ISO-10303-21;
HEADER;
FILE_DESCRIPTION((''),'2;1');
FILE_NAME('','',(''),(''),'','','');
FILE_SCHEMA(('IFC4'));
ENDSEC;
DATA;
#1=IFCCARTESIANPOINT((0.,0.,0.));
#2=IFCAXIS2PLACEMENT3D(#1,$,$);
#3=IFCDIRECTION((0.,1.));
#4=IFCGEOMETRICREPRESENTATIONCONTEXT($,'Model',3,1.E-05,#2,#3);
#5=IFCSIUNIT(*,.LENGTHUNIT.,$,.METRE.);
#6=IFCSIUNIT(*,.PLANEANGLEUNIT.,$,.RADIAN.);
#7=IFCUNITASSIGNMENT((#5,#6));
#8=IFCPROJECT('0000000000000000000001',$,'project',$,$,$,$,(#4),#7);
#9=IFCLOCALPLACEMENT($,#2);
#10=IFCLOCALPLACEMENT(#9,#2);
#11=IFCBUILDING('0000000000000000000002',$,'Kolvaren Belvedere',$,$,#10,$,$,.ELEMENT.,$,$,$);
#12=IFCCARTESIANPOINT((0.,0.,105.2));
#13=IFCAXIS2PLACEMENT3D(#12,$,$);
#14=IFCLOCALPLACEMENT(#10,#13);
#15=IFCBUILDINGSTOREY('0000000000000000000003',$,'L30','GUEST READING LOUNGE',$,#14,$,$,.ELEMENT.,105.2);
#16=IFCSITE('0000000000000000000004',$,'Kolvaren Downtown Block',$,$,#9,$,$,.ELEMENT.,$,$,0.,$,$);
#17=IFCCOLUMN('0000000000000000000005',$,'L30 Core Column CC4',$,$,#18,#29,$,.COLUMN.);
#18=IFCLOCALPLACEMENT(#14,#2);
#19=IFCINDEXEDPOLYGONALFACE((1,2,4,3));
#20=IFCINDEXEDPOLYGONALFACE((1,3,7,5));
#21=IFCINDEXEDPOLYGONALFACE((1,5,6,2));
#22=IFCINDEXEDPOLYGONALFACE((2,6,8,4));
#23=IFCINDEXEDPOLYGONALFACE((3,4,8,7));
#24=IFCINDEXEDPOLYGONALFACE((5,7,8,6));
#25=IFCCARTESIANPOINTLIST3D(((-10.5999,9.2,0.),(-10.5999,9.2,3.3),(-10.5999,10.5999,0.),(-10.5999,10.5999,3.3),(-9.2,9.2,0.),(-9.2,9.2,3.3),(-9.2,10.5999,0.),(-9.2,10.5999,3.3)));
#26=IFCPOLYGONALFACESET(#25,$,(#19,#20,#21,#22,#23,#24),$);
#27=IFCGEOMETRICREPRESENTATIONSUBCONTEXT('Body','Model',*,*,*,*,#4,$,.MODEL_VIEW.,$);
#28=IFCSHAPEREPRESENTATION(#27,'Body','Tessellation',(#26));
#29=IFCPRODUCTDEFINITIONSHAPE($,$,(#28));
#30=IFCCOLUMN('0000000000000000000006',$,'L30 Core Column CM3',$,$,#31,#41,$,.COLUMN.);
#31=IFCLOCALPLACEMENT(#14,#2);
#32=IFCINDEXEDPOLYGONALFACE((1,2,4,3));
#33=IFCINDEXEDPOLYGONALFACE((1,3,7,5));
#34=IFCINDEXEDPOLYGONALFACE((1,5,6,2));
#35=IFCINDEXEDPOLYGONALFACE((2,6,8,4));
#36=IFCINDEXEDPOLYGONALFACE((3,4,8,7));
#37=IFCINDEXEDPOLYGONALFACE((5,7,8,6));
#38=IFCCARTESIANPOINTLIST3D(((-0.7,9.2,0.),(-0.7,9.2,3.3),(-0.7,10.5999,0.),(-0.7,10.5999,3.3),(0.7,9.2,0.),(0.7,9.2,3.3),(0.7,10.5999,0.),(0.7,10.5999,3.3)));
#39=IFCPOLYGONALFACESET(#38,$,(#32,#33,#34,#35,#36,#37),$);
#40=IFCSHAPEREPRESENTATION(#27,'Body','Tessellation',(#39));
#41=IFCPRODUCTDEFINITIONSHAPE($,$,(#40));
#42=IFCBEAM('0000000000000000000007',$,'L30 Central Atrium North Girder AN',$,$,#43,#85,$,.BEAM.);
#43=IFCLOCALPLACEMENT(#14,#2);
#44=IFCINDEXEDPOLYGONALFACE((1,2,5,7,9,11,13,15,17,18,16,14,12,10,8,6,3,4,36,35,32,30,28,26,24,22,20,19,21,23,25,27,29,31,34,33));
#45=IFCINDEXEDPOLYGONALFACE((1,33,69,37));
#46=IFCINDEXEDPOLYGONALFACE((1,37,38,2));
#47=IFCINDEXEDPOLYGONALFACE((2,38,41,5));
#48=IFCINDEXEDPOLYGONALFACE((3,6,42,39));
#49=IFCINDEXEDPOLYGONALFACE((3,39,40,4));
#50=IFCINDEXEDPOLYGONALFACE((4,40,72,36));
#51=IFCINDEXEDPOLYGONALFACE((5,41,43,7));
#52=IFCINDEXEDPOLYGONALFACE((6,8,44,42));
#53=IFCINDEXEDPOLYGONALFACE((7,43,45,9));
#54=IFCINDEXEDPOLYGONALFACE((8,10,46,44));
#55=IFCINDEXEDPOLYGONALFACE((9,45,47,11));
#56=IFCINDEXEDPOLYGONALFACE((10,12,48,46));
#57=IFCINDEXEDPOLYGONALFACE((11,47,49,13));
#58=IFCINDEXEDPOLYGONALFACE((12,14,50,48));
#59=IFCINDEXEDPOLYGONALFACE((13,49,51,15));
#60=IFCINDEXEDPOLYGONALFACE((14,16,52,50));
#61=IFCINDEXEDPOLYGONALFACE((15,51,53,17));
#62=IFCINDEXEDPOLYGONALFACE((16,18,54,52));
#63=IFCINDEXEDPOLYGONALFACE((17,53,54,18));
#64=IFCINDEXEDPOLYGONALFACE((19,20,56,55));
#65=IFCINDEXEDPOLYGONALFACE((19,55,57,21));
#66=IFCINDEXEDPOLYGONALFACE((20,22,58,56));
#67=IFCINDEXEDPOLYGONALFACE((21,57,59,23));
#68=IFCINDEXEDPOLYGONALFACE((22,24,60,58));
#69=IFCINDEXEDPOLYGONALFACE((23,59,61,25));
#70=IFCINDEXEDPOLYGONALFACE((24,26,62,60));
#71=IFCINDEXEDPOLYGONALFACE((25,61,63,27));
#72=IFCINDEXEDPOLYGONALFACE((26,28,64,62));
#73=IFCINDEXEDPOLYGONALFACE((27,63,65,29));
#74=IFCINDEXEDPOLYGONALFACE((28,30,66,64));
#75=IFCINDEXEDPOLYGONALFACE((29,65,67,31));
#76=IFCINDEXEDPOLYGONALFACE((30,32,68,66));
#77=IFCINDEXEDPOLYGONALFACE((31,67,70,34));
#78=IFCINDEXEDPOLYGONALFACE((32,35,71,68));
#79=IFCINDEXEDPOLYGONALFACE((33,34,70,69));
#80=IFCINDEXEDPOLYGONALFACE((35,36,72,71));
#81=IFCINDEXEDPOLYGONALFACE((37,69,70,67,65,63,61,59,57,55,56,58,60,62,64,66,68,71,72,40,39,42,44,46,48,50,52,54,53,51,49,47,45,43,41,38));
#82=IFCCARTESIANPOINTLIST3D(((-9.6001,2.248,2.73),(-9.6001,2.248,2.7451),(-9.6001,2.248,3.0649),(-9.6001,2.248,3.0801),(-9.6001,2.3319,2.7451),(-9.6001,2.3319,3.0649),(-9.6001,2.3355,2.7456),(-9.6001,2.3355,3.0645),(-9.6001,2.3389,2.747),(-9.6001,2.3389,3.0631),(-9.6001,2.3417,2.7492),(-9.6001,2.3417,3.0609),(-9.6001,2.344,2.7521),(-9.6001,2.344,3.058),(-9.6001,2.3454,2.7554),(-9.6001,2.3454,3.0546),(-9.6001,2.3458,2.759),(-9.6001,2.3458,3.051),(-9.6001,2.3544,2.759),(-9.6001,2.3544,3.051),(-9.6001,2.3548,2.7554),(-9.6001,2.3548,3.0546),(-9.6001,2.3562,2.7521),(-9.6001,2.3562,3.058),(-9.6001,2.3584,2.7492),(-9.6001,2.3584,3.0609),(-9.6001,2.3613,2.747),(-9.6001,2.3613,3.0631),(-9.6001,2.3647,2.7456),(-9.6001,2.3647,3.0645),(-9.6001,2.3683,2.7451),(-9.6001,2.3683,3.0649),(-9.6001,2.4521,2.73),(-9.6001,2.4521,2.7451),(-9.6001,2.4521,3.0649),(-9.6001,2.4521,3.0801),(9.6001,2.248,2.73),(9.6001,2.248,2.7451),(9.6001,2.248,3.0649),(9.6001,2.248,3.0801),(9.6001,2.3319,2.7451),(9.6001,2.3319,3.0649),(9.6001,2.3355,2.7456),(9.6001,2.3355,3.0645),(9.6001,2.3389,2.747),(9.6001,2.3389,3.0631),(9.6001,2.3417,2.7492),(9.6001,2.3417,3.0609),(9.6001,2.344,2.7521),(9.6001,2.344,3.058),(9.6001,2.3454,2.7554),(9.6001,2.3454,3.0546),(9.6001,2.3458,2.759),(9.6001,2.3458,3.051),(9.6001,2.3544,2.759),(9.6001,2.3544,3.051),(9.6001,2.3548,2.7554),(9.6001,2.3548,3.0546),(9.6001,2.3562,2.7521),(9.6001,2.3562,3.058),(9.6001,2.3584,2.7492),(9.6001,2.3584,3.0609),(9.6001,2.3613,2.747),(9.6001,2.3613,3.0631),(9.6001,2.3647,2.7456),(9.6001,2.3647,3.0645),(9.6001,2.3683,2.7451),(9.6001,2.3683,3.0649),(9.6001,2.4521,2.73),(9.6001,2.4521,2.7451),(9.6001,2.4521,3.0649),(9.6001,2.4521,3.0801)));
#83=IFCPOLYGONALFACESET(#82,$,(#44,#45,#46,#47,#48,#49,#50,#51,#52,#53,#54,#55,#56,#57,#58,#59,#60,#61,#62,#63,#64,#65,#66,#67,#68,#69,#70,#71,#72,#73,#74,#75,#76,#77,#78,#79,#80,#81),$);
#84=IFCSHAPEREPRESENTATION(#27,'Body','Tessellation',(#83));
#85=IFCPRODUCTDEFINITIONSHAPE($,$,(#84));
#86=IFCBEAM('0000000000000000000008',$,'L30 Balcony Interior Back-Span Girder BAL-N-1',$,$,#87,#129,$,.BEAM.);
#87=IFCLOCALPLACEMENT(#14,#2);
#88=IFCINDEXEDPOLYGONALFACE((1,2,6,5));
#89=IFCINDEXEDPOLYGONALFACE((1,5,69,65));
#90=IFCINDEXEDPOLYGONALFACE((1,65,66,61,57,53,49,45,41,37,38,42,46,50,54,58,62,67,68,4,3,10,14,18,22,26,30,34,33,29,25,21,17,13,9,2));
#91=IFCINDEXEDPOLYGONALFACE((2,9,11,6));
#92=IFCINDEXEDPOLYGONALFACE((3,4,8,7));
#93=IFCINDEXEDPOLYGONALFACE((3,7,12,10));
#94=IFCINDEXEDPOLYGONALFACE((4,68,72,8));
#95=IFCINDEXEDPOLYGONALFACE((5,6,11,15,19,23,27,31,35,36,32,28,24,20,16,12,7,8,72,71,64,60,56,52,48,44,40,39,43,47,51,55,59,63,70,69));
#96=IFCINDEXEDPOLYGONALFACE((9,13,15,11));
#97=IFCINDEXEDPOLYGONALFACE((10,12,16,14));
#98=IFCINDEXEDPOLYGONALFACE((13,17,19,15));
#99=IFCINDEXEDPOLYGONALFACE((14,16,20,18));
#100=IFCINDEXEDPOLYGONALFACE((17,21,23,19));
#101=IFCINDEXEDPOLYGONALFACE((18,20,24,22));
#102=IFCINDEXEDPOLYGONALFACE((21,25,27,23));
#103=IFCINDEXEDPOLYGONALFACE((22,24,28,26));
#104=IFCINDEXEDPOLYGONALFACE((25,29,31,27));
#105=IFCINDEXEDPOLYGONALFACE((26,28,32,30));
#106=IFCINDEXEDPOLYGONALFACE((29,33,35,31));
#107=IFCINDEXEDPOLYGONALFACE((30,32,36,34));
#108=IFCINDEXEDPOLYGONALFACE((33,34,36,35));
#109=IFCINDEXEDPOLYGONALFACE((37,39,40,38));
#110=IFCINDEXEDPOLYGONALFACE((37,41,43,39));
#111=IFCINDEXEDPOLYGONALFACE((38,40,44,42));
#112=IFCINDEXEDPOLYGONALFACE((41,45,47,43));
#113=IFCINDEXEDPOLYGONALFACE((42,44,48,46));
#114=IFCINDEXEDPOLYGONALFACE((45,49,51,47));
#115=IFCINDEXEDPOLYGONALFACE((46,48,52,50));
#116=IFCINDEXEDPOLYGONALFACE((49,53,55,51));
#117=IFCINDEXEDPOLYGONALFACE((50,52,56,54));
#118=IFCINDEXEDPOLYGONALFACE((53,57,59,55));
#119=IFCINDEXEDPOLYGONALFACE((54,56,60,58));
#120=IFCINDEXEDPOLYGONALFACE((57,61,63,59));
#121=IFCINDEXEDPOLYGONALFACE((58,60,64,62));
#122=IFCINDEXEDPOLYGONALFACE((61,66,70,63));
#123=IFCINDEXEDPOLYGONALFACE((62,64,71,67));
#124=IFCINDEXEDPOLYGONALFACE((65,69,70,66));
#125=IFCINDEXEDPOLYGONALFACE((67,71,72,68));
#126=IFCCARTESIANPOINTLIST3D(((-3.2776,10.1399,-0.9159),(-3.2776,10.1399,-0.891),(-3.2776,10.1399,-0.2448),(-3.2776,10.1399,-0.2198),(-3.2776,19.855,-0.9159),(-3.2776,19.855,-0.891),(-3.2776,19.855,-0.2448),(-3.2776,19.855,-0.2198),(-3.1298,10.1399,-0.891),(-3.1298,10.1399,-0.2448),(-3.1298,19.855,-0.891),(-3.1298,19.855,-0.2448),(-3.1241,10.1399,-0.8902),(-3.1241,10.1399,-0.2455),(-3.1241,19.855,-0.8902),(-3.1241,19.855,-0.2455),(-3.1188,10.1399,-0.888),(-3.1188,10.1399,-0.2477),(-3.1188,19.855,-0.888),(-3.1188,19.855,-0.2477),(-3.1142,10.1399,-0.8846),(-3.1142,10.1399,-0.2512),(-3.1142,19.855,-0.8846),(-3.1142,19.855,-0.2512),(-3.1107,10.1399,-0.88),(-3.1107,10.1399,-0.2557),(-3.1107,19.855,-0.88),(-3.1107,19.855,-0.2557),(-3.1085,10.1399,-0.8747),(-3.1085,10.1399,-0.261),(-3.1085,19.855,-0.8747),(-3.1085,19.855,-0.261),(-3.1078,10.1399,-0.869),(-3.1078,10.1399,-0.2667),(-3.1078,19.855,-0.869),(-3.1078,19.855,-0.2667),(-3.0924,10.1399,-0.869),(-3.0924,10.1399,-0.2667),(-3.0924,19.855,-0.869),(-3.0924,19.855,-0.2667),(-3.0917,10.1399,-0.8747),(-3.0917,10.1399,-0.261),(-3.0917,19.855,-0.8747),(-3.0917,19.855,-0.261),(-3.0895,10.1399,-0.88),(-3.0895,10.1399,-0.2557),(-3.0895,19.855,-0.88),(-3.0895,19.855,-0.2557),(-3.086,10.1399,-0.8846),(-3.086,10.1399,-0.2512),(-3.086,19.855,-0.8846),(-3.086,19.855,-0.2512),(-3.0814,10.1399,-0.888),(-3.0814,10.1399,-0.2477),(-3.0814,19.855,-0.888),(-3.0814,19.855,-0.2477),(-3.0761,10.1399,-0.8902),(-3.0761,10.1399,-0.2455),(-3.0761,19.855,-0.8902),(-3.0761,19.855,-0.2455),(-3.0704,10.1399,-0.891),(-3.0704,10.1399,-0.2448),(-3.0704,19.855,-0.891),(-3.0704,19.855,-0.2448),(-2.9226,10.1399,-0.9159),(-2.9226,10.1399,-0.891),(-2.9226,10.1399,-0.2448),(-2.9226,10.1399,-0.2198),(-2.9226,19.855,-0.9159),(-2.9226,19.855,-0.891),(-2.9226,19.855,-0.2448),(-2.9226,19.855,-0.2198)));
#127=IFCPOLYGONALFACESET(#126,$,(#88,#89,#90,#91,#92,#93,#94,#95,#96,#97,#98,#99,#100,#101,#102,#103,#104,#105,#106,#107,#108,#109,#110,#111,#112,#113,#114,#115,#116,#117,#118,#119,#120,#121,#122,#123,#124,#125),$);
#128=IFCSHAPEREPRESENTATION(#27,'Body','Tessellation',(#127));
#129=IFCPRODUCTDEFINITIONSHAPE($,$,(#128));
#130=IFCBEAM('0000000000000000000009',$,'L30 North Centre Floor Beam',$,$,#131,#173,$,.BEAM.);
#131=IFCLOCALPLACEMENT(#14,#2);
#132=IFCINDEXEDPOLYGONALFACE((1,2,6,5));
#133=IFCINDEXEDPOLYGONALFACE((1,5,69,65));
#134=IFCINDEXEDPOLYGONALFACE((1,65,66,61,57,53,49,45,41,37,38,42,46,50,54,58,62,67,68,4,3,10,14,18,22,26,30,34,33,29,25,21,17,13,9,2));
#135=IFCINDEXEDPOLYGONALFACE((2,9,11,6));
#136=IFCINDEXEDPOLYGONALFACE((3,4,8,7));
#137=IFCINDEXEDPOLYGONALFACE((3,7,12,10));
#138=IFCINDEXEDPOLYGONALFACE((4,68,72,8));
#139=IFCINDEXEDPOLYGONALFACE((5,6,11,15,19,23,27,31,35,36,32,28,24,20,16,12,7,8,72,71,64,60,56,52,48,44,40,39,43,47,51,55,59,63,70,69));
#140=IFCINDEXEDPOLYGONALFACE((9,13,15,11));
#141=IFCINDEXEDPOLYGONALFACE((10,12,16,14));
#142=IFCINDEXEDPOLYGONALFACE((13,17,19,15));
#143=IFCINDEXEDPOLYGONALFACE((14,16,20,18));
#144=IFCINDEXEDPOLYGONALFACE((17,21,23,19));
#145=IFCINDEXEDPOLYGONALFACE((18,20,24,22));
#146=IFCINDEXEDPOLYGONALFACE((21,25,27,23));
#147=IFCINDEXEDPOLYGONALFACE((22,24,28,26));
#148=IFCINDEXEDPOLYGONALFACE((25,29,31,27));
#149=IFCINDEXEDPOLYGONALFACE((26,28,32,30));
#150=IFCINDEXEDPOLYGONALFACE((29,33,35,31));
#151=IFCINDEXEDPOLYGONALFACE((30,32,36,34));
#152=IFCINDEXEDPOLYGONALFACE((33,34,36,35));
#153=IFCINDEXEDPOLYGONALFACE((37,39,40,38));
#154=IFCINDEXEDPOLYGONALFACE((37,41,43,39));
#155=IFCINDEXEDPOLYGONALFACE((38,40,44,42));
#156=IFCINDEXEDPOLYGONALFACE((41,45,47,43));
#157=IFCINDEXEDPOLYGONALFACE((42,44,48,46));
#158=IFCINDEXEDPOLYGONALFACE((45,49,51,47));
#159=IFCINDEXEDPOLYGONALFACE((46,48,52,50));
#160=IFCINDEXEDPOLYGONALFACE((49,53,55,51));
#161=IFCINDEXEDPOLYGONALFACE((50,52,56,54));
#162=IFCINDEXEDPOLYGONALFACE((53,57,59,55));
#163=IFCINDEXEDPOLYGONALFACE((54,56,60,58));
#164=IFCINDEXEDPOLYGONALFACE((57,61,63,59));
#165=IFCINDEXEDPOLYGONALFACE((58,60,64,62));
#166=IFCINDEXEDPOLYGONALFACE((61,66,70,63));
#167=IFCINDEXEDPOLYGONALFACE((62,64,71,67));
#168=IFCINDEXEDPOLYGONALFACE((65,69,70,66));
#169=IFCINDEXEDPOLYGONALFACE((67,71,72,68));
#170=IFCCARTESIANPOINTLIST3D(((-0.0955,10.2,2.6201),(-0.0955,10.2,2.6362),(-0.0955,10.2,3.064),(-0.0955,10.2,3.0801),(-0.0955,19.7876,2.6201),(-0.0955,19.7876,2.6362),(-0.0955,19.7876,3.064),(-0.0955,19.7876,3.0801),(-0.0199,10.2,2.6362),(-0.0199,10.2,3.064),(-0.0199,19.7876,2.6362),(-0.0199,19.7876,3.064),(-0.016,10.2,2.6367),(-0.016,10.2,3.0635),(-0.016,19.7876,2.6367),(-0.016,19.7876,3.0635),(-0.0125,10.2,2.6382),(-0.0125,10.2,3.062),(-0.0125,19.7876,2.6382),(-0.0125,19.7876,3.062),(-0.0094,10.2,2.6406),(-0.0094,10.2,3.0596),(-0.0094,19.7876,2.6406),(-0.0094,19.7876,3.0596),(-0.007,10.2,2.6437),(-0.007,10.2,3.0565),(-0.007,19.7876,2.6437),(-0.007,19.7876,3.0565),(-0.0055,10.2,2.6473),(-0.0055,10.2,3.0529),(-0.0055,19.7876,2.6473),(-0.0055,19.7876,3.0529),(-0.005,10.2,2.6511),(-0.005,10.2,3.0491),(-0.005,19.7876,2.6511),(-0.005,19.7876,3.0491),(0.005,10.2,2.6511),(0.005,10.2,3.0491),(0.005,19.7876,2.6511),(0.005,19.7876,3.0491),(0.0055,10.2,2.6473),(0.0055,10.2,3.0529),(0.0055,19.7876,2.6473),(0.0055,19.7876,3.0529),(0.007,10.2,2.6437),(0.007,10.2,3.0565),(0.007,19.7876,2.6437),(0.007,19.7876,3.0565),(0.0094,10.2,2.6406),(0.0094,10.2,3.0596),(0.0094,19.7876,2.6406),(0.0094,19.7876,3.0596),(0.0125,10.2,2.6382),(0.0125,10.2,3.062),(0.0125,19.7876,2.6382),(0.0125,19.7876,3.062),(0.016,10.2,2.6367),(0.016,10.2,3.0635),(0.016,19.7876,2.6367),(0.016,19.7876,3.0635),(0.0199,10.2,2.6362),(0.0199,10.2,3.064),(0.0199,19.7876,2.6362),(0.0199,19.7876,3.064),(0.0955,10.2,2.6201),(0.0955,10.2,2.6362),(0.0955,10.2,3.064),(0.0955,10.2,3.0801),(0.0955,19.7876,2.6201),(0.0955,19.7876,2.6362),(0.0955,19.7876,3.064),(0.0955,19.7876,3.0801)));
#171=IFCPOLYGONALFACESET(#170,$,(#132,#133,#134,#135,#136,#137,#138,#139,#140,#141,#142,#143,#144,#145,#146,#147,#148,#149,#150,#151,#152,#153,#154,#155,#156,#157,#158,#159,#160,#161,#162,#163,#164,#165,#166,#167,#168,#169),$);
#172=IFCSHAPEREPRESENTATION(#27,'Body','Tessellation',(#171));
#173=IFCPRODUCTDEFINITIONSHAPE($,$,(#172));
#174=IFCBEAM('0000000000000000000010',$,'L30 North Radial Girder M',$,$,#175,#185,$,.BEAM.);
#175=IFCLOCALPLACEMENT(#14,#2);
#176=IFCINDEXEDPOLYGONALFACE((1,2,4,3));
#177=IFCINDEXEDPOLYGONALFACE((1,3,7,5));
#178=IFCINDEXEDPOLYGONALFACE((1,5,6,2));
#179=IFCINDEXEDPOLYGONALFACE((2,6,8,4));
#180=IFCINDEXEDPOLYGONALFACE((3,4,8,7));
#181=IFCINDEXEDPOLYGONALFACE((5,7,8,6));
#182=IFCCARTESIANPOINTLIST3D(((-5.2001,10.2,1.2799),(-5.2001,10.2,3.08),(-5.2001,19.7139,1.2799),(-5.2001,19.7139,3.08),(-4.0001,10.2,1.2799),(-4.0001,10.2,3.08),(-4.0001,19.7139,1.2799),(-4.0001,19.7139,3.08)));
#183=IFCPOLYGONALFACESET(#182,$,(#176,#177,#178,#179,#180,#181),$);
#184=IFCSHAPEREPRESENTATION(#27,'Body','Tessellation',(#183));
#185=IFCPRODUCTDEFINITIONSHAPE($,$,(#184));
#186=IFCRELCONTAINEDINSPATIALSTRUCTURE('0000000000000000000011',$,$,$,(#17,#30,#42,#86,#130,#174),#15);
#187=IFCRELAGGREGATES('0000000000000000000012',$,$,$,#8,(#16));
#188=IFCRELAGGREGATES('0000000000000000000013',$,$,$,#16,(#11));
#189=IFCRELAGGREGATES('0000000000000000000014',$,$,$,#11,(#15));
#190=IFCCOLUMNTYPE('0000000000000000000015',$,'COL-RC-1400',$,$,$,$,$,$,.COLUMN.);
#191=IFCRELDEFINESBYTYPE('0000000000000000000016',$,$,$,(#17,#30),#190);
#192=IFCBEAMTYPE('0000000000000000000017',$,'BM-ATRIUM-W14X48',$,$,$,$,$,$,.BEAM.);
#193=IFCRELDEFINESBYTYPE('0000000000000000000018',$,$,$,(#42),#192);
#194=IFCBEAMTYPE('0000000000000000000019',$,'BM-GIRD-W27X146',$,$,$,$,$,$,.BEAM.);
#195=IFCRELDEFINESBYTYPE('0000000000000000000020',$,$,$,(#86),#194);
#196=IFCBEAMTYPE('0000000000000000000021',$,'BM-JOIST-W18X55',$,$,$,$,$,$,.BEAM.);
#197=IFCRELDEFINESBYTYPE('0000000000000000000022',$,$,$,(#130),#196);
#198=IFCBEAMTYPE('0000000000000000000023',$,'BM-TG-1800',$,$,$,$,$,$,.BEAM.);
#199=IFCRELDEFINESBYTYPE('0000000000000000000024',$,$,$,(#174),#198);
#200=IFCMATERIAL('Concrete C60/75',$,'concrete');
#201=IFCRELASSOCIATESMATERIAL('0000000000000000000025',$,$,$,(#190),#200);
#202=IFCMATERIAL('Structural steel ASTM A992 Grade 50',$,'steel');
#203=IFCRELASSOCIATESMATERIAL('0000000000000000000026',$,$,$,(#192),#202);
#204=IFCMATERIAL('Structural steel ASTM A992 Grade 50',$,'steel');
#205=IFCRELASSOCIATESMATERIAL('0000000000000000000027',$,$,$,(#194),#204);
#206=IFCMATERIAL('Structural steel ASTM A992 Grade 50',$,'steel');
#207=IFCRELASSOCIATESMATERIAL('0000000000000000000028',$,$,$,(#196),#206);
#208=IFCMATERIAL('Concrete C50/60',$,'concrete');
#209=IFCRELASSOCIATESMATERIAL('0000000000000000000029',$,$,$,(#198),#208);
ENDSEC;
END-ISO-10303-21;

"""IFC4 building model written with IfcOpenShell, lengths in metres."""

from ifc_helpers import new_model, si_unit, direction, frame, origin, origin_2d, place, context, subcontext, project, spatial, rectangle, i_section, extrude, material, material_profile, profile_set, type_object, element, save


model = new_model("IFC4")

# Units and contexts
model_context = context("Model", 3, precision=1e-05, world=origin(), true_north=direction((0.0, 1.0)))
body_context = subcontext(model_context, "Body", "Model", "MODEL_VIEW")
ifc_project = project(units=[si_unit("LENGTHUNIT", "METRE"), si_unit("PLANEANGLEUNIT", "RADIAN")], contexts=[model_context])

# Site, building, storey
site_placement = place(None, origin())
site = spatial("IfcSite", under=ifc_project, at=site_placement, Name="Kolvaren Downtown Block", CompositionType="ELEMENT", RefElevation=0.0)
building_placement = place(site_placement, origin())
building = spatial("IfcBuilding", under=site, at=building_placement, Name="Kolvaren Belvedere", CompositionType="ELEMENT")
storey_placement = place(building_placement, frame((0.0, 0.0, 105.2)))
storey = spatial("IfcBuildingStorey", under=building, at=storey_placement, Name="L30", Description="GUEST READING LOUNGE", CompositionType="ELEMENT", Elevation=105.2)

# Columns
ifc_material_1 = material(Name="Concrete C60/75", Category="concrete")
ifc_material_profile_1 = material_profile(ifc_material_1, rectangle(XDim=1.3999, YDim=1.3999, at=origin_2d()), Name="RC 1400X1400")
ifc_profile_set_1 = profile_set([ifc_material_profile_1], Name="Concrete C60/75")
column_type = type_object("IfcColumnType", Name="COL-RC-1400", PredefinedType="COLUMN", material=ifc_profile_set_1)
for number, where, z_axis, x_axis, name in (
    (1, (-9.8999, 9.8999, 0.0), (0.0, 0.0, 1.0), (1.0, 0.0, 0.0), "L30 Core Column CC4"),
    (2, (0.0, 9.8999, 0.0), (0.0, 0.0, 1.0), (1.0, 0.0, 0.0), "L30 Core Column CM3"),
):
    element("IfcColumn", number, at=place(storey_placement, frame(where, z_axis=z_axis, x_axis=x_axis)), inside=storey, type_object=column_type, Name=name, PredefinedType="COLUMN", context=body_context, shape_type="SweptSolid", body=[
        extrude(rectangle(XDim=1.3999, YDim=1.3999, at=origin_2d()), origin(), (0.0, 0.0, 1.0), 3.3),
    ])

# Beams
ifc_material_2 = material(Name="Structural steel ASTM A992 Grade 50", Category="steel")
ifc_material_profile_2 = material_profile(ifc_material_2, i_section(OverallWidth=0.2041, OverallDepth=0.3501, WebThickness=0.0085, FlangeThickness=0.0151, FilletRadius=0.0139, at=origin_2d()), Name="W14X48")
ifc_profile_set_2 = profile_set([ifc_material_profile_2], Name="Structural steel ASTM A992 Grade 50")
beam_type_1 = type_object("IfcBeamType", Name="BM-ATRIUM-W14X48", PredefinedType="BEAM", material=ifc_profile_set_2)
beam_1_placement = place(storey_placement, frame((-9.6001, 2.3501, 2.905), z_axis=(1.0, 0.0, 0.0), x_axis=(0.0, 1.0, 0.0)))
element("IfcBeam", 3, at=beam_1_placement, inside=storey, type_object=beam_type_1, Name="L30 Central Atrium North Girder AN", PredefinedType="BEAM", context=body_context, shape_type="SweptSolid", body=[
    extrude(i_section(OverallWidth=0.2041, OverallDepth=0.3501, WebThickness=0.0085, FlangeThickness=0.0151, FilletRadius=0.0139, at=origin_2d()), origin(), (0.0, 0.0, 1.0), 19.2002),
])
ifc_material_3 = material(Name="Structural steel ASTM A992 Grade 50", Category="steel")
ifc_material_profile_3 = material_profile(ifc_material_3, i_section(OverallWidth=0.355, OverallDepth=0.696, WebThickness=0.0154, FlangeThickness=0.0249, FilletRadius=0.022, at=origin_2d()), Name="W27X146")
ifc_profile_set_3 = profile_set([ifc_material_profile_3], Name="Structural steel ASTM A992 Grade 50")
beam_type_2 = type_object("IfcBeamType", Name="BM-GIRD-W27X146", PredefinedType="BEAM", material=ifc_profile_set_3)
beam_2_placement = place(storey_placement, frame((-3.1001, 10.1399, -0.5679), z_axis=(0.0, 1.0, 0.0), x_axis=(-1.0, 0.0, 0.0)))
element("IfcBeam", 4, at=beam_2_placement, inside=storey, type_object=beam_type_2, Name="L30 Balcony Interior Back-Span Girder BAL-N-1", PredefinedType="BEAM", context=body_context, shape_type="SweptSolid", body=[
    extrude(i_section(OverallWidth=0.355, OverallDepth=0.696, WebThickness=0.0154, FlangeThickness=0.0249, FilletRadius=0.022, at=origin_2d()), origin(), (0.0, 0.0, 1.0), 9.7151),
])
ifc_material_4 = material(Name="Structural steel ASTM A992 Grade 50", Category="steel")
ifc_material_profile_4 = material_profile(ifc_material_4, i_section(OverallWidth=0.1909, OverallDepth=0.46, WebThickness=0.01, FlangeThickness=0.0161, FilletRadius=0.0149, at=origin_2d()), Name="W18X55")
ifc_profile_set_4 = profile_set([ifc_material_profile_4], Name="Structural steel ASTM A992 Grade 50")
beam_type_3 = type_object("IfcBeamType", Name="BM-JOIST-W18X55", PredefinedType="BEAM", material=ifc_profile_set_4)
beam_3_placement = place(storey_placement, frame((0.0, 10.2, 2.8501), z_axis=(0.0, 1.0, 0.0), x_axis=(-1.0, 0.0, 0.0)))
element("IfcBeam", 5, at=beam_3_placement, inside=storey, type_object=beam_type_3, Name="L30 North Centre Floor Beam", PredefinedType="BEAM", context=body_context, shape_type="SweptSolid", body=[
    extrude(i_section(OverallWidth=0.1909, OverallDepth=0.46, WebThickness=0.01, FlangeThickness=0.0161, FilletRadius=0.0149, at=origin_2d()), origin(), (0.0, 0.0, 1.0), 9.5876),
])
ifc_material_5 = material(Name="Concrete C50/60", Category="concrete")
ifc_material_profile_5 = material_profile(ifc_material_5, rectangle(XDim=1.2, YDim=1.8, at=origin_2d()), Name="RC 1200X1800")
ifc_profile_set_5 = profile_set([ifc_material_profile_5], Name="Concrete C50/60")
beam_type_4 = type_object("IfcBeamType", Name="BM-TG-1800", PredefinedType="BEAM", material=ifc_profile_set_5)
beam_4_placement = place(storey_placement, frame((-4.6001, 10.2, 2.1799), z_axis=(0.0, 1.0, 0.0), x_axis=(-1.0, 0.0, 0.0)))
element("IfcBeam", 6, at=beam_4_placement, inside=storey, type_object=beam_type_4, Name="L30 North Radial Girder M", PredefinedType="BEAM", context=body_context, shape_type="SweptSolid", body=[
    extrude(rectangle(XDim=1.2, YDim=1.8, at=origin_2d()), origin(), (0.0, 0.0, 1.0), 9.5139),
])

save(model, "model.ifc")
